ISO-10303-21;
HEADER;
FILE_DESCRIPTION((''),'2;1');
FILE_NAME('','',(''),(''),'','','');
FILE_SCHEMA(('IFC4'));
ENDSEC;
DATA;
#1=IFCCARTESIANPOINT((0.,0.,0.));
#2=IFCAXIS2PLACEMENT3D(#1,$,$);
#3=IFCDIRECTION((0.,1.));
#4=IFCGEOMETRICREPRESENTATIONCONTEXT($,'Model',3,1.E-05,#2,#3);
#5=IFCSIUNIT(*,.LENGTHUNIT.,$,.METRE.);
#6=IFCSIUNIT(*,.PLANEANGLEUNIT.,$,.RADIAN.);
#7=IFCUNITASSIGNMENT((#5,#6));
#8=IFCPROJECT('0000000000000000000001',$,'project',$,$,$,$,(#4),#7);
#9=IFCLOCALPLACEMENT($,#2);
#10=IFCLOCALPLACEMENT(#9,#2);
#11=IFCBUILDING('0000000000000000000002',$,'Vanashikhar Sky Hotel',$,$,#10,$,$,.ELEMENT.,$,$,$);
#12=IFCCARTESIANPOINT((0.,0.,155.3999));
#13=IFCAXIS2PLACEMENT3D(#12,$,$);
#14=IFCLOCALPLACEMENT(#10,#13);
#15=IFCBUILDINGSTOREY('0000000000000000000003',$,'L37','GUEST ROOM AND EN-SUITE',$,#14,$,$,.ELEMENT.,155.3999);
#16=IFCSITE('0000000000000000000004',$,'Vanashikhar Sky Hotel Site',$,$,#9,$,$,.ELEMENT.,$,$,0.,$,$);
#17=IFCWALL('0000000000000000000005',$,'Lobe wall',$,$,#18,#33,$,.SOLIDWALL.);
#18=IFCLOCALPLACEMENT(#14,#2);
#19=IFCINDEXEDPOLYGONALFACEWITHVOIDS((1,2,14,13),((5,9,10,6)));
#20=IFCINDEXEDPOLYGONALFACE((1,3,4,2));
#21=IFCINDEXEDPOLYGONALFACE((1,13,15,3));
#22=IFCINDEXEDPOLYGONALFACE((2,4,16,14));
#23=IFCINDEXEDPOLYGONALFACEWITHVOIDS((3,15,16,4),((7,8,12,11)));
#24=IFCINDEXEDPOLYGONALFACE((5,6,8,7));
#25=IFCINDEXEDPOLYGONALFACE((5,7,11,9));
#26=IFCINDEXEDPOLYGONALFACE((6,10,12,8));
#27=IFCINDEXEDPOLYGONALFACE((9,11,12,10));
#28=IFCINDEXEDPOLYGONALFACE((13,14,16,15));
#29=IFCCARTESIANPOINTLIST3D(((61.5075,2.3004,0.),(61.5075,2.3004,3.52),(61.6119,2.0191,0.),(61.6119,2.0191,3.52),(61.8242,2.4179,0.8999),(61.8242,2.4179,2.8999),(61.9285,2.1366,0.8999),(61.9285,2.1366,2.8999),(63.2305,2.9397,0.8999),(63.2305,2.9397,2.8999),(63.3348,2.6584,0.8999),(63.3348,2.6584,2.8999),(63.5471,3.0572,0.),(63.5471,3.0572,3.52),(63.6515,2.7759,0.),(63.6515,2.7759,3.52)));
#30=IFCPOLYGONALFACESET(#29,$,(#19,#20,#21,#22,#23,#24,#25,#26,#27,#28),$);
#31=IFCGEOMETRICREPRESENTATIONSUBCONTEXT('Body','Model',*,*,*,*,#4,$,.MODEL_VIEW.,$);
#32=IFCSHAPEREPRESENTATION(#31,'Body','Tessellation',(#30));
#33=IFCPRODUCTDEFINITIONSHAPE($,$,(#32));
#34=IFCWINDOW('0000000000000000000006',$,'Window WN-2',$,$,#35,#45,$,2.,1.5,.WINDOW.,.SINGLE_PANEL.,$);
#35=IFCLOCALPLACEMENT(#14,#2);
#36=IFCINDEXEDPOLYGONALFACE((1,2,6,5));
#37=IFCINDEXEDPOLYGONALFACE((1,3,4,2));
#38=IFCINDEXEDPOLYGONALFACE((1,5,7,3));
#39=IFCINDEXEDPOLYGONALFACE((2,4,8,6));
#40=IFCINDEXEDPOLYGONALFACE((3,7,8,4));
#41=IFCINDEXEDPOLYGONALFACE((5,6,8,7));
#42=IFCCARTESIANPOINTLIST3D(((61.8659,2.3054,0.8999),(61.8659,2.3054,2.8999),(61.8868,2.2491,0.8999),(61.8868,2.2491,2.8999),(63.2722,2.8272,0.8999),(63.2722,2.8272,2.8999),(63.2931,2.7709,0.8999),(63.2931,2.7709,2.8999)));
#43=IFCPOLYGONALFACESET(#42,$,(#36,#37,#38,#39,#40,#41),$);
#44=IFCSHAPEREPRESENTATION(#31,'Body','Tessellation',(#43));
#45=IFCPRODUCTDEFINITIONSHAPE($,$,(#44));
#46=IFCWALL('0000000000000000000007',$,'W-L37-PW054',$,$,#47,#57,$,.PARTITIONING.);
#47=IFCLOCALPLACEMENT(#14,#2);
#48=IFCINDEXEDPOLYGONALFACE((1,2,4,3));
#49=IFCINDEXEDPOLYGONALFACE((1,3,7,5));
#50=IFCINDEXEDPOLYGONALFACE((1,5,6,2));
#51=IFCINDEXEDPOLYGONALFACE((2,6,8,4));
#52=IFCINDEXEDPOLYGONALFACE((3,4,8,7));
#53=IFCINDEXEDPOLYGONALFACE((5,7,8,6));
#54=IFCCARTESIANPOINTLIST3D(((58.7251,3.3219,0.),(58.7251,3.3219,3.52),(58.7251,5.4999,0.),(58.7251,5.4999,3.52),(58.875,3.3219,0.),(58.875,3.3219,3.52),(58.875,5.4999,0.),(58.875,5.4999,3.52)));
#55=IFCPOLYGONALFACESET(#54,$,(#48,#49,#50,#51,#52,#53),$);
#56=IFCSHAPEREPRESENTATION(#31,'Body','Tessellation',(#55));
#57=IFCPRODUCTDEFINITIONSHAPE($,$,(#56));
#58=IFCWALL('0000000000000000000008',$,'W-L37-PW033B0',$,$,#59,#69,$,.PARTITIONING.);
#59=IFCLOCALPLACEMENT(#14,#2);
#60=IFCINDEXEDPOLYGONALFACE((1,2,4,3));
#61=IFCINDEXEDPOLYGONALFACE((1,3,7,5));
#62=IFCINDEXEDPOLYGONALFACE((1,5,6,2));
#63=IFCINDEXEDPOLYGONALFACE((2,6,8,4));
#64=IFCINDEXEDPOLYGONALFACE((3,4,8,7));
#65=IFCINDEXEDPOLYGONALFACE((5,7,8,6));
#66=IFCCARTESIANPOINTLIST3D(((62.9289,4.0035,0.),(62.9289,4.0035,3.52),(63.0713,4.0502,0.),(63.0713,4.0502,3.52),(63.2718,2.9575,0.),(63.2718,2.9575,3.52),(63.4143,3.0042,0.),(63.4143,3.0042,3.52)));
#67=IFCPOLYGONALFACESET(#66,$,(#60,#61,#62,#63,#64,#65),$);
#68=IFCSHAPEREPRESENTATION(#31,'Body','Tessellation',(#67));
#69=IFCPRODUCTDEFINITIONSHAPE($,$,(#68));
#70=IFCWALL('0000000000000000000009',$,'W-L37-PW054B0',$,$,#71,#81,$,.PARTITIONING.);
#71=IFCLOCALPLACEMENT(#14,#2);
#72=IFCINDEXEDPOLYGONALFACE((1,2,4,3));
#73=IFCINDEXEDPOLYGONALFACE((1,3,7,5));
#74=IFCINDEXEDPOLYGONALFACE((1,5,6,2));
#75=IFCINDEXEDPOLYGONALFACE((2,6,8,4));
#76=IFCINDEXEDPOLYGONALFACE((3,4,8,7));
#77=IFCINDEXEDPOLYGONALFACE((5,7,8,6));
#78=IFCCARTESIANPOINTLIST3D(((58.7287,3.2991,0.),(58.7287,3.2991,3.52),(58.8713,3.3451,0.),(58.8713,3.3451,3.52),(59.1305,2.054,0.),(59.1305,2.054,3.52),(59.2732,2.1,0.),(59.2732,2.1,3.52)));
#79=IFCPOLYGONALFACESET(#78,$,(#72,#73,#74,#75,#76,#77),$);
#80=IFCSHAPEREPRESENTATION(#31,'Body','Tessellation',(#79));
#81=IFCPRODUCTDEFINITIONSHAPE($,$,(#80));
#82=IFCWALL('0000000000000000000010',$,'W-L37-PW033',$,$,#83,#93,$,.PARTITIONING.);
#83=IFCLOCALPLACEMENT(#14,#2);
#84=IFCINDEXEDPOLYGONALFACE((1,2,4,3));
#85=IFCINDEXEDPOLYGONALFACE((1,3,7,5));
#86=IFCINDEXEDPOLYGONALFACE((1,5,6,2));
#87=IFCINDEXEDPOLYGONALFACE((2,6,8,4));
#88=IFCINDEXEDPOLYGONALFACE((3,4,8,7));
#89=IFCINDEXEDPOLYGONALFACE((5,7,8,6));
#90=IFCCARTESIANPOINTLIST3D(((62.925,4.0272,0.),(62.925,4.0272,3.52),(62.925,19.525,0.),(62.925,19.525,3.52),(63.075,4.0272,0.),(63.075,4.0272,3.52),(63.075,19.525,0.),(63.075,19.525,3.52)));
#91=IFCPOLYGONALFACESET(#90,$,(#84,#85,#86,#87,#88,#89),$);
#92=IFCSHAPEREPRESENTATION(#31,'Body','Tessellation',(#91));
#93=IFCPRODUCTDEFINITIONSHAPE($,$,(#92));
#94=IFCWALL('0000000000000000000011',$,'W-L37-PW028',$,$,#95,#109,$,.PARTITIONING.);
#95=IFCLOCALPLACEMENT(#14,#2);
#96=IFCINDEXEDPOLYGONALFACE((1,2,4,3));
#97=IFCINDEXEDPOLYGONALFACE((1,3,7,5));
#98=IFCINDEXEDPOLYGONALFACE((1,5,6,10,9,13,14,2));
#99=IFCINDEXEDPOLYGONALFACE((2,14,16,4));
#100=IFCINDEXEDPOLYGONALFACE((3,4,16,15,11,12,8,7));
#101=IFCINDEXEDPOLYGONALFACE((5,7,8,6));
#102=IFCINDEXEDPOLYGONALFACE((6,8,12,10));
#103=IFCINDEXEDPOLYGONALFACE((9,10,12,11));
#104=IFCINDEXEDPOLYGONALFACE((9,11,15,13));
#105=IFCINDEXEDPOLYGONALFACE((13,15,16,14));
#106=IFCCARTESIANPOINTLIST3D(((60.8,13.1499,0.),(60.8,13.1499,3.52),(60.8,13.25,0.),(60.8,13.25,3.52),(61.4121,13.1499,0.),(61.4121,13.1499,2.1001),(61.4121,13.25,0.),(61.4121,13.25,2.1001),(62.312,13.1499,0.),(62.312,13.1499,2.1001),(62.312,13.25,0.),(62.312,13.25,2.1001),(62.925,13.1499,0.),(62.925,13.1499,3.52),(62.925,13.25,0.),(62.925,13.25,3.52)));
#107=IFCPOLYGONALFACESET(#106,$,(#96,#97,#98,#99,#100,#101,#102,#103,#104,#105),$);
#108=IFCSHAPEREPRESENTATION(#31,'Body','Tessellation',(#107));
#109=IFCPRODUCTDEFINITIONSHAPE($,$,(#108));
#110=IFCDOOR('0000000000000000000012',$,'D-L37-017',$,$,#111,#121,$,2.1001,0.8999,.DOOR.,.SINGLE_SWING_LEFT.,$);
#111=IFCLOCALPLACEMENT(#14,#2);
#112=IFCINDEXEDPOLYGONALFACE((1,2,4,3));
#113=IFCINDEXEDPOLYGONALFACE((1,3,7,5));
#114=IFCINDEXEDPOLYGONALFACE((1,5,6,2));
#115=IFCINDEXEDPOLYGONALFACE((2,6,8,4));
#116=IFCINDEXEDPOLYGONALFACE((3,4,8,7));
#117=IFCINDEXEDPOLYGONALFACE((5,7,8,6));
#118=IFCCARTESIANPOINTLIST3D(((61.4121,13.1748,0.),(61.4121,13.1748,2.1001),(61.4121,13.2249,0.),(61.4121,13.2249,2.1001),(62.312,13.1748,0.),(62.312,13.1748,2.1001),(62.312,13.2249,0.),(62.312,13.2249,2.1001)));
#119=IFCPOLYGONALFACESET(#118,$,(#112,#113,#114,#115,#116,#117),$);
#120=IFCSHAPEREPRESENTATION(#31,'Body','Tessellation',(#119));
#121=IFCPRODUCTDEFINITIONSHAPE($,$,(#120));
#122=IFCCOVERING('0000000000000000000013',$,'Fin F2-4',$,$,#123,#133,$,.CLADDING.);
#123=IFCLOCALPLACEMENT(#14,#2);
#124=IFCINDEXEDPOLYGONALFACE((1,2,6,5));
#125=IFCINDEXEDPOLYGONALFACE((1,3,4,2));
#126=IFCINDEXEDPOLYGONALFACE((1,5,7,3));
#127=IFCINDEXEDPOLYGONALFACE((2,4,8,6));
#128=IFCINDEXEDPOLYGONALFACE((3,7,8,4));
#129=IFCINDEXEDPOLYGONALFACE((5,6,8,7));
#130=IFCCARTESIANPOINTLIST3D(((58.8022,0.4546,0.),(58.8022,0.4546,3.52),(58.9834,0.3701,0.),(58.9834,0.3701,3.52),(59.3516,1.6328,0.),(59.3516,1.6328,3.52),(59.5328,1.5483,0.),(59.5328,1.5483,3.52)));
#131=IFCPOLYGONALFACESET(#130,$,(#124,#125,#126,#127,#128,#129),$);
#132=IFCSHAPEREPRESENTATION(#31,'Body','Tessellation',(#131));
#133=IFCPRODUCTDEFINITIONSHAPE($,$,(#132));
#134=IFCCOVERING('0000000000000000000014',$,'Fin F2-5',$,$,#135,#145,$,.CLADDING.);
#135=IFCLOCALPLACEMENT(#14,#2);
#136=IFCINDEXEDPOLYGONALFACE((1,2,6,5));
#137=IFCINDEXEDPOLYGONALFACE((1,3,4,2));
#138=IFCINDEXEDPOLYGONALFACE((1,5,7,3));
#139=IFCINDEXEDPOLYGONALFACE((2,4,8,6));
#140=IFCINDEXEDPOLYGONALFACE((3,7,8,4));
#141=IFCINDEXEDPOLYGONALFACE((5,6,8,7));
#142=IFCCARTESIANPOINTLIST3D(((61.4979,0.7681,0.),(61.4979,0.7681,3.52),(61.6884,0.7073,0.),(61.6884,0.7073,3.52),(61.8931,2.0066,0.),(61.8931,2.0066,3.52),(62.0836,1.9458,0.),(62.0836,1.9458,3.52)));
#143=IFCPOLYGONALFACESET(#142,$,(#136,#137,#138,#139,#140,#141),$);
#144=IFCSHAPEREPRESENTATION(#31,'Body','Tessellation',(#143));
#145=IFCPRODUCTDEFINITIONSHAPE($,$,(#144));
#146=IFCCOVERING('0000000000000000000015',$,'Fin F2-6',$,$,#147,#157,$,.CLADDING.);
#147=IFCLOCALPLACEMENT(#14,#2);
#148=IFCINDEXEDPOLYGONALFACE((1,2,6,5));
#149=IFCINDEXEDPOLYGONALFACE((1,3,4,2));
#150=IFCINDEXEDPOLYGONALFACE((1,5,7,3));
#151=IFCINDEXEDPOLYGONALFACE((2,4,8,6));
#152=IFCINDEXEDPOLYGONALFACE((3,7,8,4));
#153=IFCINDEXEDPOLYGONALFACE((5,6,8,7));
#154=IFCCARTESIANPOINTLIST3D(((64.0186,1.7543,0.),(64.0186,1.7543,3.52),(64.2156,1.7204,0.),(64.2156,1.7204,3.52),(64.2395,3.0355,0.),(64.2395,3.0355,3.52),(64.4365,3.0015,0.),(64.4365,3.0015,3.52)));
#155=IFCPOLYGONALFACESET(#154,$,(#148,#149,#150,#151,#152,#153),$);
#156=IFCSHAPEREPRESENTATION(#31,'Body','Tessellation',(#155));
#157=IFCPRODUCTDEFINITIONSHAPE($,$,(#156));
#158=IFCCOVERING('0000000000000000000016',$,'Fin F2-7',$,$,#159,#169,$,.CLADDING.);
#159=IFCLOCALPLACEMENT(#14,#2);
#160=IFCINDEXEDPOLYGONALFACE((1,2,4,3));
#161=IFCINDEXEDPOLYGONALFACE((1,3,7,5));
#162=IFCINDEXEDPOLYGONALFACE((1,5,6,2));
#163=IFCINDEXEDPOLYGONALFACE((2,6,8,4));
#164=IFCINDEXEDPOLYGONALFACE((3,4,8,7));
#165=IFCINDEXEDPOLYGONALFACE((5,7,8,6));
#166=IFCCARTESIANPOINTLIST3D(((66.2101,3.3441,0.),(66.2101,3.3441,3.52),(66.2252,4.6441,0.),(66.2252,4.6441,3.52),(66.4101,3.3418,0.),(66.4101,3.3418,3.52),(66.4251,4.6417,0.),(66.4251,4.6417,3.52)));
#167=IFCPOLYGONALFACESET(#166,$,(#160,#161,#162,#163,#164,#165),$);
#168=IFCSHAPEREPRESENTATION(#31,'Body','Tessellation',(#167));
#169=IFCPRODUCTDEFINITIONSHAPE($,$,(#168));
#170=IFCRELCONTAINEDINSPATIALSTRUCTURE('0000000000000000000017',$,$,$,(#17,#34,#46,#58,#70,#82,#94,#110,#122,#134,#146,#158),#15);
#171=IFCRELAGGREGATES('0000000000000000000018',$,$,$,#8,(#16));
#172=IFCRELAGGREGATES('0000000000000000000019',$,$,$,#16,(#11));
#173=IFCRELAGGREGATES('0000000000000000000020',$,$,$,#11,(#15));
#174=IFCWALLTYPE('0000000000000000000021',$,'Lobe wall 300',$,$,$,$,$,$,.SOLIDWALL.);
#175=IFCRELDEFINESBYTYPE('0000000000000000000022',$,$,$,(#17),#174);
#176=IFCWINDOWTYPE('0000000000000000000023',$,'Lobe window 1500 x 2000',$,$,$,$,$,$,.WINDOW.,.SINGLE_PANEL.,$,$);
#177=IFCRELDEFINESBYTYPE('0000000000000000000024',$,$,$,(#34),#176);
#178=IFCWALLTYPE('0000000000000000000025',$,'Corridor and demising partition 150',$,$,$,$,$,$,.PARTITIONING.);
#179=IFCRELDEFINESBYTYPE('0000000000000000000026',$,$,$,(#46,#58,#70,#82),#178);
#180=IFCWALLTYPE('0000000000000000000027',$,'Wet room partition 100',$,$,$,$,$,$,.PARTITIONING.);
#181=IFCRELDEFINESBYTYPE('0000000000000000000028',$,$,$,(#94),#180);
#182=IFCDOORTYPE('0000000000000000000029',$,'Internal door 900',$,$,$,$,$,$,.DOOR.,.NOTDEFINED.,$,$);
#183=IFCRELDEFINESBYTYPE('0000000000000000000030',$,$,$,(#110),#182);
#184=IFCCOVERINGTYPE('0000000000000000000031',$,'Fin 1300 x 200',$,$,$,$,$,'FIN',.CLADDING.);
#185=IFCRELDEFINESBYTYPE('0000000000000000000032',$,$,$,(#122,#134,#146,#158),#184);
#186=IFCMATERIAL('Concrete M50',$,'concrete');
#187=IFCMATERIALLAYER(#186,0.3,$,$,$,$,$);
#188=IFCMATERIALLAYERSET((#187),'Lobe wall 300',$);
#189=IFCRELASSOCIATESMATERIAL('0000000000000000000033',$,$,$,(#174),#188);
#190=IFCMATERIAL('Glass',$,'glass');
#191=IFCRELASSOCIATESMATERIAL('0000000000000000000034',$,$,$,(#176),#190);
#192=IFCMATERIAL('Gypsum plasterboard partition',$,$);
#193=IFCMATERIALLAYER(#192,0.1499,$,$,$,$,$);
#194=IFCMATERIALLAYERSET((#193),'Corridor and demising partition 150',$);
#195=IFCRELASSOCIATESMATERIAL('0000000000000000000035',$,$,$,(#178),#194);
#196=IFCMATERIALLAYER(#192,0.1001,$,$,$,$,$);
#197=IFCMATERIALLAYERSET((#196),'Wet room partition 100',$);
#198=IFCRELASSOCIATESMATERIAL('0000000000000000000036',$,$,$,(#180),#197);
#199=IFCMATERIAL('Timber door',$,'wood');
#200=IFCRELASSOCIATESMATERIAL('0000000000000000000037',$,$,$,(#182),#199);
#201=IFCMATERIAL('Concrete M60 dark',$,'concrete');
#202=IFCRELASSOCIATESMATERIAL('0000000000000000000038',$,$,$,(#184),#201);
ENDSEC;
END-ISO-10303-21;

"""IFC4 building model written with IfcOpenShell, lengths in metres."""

from ifc_helpers import new_model, si_unit, direction, frame, frame_2d, origin, origin_2d, place, context, subcontext, project, spatial, rectangle, extrude, source, transform, mapped, material, layer, layer_set, material_profile, profile_set, type_object, element, fill, save


model = new_model("IFC4")

# Units and contexts
model_context = context("Model", 3, precision=1e-05, world=origin(), true_north=direction((0.0, 1.0)))
body_context = subcontext(model_context, "Body", "Model", "MODEL_VIEW")
ifc_project = project(units=[si_unit("LENGTHUNIT", "METRE"), si_unit("PLANEANGLEUNIT", "RADIAN")], contexts=[model_context])

# Site, building, storey
site_placement = place(None, origin())
site = spatial("IfcSite", under=ifc_project, at=site_placement, Name="Vanashikhar Sky Hotel Site", CompositionType="ELEMENT", RefElevation=0.0)
building_placement = place(site_placement, origin())
building = spatial("IfcBuilding", under=site, at=building_placement, Name="Vanashikhar Sky Hotel", CompositionType="ELEMENT")
storey_placement = place(building_placement, frame((0.0, 0.0, 155.3999)))
storey = spatial("IfcBuildingStorey", under=building, at=storey_placement, Name="L37", Description="GUEST ROOM AND EN-SUITE", CompositionType="ELEMENT", Elevation=155.3999)

# Shared definitions
ifc_material_1 = material(Name="Concrete M50", Category="concrete")

# Wall, opening, window
ifc_layer_1 = layer(ifc_material_1, 0.3)
ifc_layer_set_1 = layer_set([ifc_layer_1], Name="Lobe wall 300")
wall_type_1 = type_object("IfcWallType", Name="Lobe wall 300", PredefinedType="SOLIDWALL", material=ifc_layer_set_1)
shared_shape_1 = source(origin(), body_context, "Body", "SweptSolid", [
    extrude(rectangle(XDim=1.5, YDim=2.0, at=frame_2d((0.75, 1.0))), frame((0.0, 0.1602, 0.0), z_axis=(0.0, -1.0, 0.0), x_axis=(1.0, 0.0, 0.0)), (0.0, 0.0, 1.0), 0.3201),
])
ifc_material_2 = material(Name="Glass", Category="glass")
window_type_1 = type_object("IfcWindowType", Name="Lobe window 1500 x 2000", PartitioningType="SINGLE_PANEL", PredefinedType="WINDOW", material=ifc_material_2)
shared_shape_2 = source(origin(), body_context, "Body", "SweptSolid", [
    extrude(rectangle(XDim=1.5, YDim=2.0, at=frame_2d((0.75, 1.0))), frame((0.0, 0.03, 0.0), z_axis=(0.0, -1.0, 0.0), x_axis=(1.0, 0.0, 0.0)), (0.0, 0.0, 1.0), 0.0601),
])
shared_shape_3 = source(origin(), body_context, "Body", "SweptSolid", [
    extrude(rectangle(XDim=2.1755, YDim=0.3, at=frame_2d((1.0879, 0.0))), origin(), (0.0, 0.0, 1.0), 3.52),
])
wall_1_placement = place(storey_placement, frame((61.5596, 2.1597, 0.0), z_axis=(0.0, 0.0, 1.0), x_axis=(0.937532, 0.347899, 0.0)))
wall_1 = element("IfcWall", 1, at=wall_1_placement, inside=storey, type_object=wall_type_1, Name="Lobe wall", PredefinedType="SOLIDWALL", context=body_context, shape_type="MappedRepresentation", body=[
    mapped(shared_shape_3, transform((0.0, 0.0, 0.0), scale=1.0)),
])
opening_1_placement = place(wall_1_placement, frame((0.3379, 0.0, 0.8999)))
opening_1 = element("IfcOpeningElement", 2, at=opening_1_placement, cuts=wall_1, PredefinedType="OPENING", context=body_context, shape_type="MappedRepresentation", body=[
    mapped(shared_shape_1, transform((0.0, 0.0, 0.0), scale=1.0)),
])
window_1_placement = place(opening_1_placement, origin())
window_1 = element("IfcWindow", 3, at=window_1_placement, inside=storey, type_object=window_type_1, Name="Window WN-2", OverallHeight=2.0, OverallWidth=1.5, PartitioningType="SINGLE_PANEL", PredefinedType="WINDOW", context=body_context, shape_type="MappedRepresentation", body=[
    mapped(shared_shape_2, transform((0.0, 0.0, 0.0), scale=1.0)),
])
fill(opening_1, window_1)

# Walls
ifc_material_3 = material(Name="Gypsum plasterboard partition")
ifc_layer_2 = layer(ifc_material_3, 0.1499)
ifc_layer_set_2 = layer_set([ifc_layer_2], Name="Corridor and demising partition 150")
wall_type_2 = type_object("IfcWallType", Name="Corridor and demising partition 150", PredefinedType="PARTITIONING", material=ifc_layer_set_2)
shared_shape_4 = source(origin(), body_context, "Body", "SweptSolid", [
    extrude(rectangle(XDim=2.178, YDim=0.1499, at=frame_2d((1.0889, 0.0))), origin(), (0.0, 0.0, 1.0), 3.52),
])
wall_2_placement = place(storey_placement, frame((58.8, 3.322, 0.0), z_axis=(0.0, 0.0, 1.0), x_axis=(0.0, 1.0, 0.0)))
element("IfcWall", 4, at=wall_2_placement, inside=storey, type_object=wall_type_2, Name="W-L37-PW054", PredefinedType="PARTITIONING", context=body_context, shape_type="MappedRepresentation", body=[
    mapped(shared_shape_4, transform((0.0, 0.0, 0.0), scale=1.0)),
])
shared_shape_5 = source(origin(), body_context, "Body", "SweptSolid", [
    extrude(rectangle(XDim=1.1008, YDim=0.1499, at=frame_2d((0.5503, 0.0))), origin(), (0.0, 0.0, 1.0), 3.52),
])
wall_3_placement = place(storey_placement, frame((63.343, 2.981, 0.0), z_axis=(0.0, 0.0, 1.0), x_axis=(-0.311567, 0.950224, 0.0)))
element("IfcWall", 5, at=wall_3_placement, inside=storey, type_object=wall_type_2, Name="W-L37-PW033B0", PredefinedType="PARTITIONING", context=body_context, shape_type="MappedRepresentation", body=[
    mapped(shared_shape_5, transform((0.0, 0.0, 0.0), scale=1.0)),
])
shared_shape_6 = source(origin(), body_context, "Body", "SweptSolid", [
    extrude(rectangle(XDim=1.3083, YDim=0.1499, at=frame_2d((0.6543, 0.0))), origin(), (0.0, 0.0, 1.0), 3.52),
])
wall_4_placement = place(storey_placement, frame((59.2019, 2.0769, 0.0), z_axis=(0.0, 0.0, 1.0), x_axis=(-0.307145, 0.951663, 0.0)))
element("IfcWall", 6, at=wall_4_placement, inside=storey, type_object=wall_type_2, Name="W-L37-PW054B0", PredefinedType="PARTITIONING", context=body_context, shape_type="MappedRepresentation", body=[
    mapped(shared_shape_6, transform((0.0, 0.0, 0.0), scale=1.0)),
])
shared_shape_7 = source(origin(), body_context, "Body", "SweptSolid", [
    extrude(rectangle(XDim=15.4978, YDim=0.1499, at=frame_2d((7.749, 0.0))), origin(), (0.0, 0.0, 1.0), 3.52),
])
wall_5_placement = place(storey_placement, frame((63.0, 4.0271, 0.0), z_axis=(0.0, 0.0, 1.0), x_axis=(0.0, 1.0, 0.0)))
element("IfcWall", 7, at=wall_5_placement, inside=storey, type_object=wall_type_2, Name="W-L37-PW033", PredefinedType="PARTITIONING", context=body_context, shape_type="MappedRepresentation", body=[
    mapped(shared_shape_7, transform((0.0, 0.0, 0.0), scale=1.0)),
])

# Wall, opening, door
ifc_layer_3 = layer(ifc_material_3, 0.1001)
ifc_layer_set_3 = layer_set([ifc_layer_3], Name="Wet room partition 100")
wall_type_3 = type_object("IfcWallType", Name="Wet room partition 100", PredefinedType="PARTITIONING", material=ifc_layer_set_3)
shared_shape_8 = source(origin(), body_context, "Body", "SweptSolid", [
    extrude(rectangle(XDim=2.125, YDim=0.1001, at=frame_2d((1.0625, 0.0))), origin(), (0.0, 0.0, 1.0), 3.52),
])
wall_6_placement = place(storey_placement, frame((60.8, 13.2, 0.0), z_axis=(0.0, 0.0, 1.0), x_axis=(1.0, 0.0, 0.0)))
wall_6 = element("IfcWall", 8, at=wall_6_placement, inside=storey, type_object=wall_type_3, Name="W-L37-PW028", PredefinedType="PARTITIONING", context=body_context, shape_type="MappedRepresentation", body=[
    mapped(shared_shape_8, transform((0.0, 0.0, 0.0), scale=1.0)),
])
shared_shape_9 = source(origin(), body_context, "Body", "SweptSolid", [
    extrude(rectangle(XDim=0.8999, YDim=2.1001, at=frame_2d((0.45, 1.05))), frame((0.0, 0.0601, 0.0), z_axis=(0.0, -1.0, 0.0), x_axis=(1.0, 0.0, 0.0)), (0.0, 0.0, 1.0), 0.1201),
])
opening_2_placement = place(wall_6_placement, frame((0.6121, 0.0, 0.0)))
opening_2 = element("IfcOpeningElement", 9, at=opening_2_placement, cuts=wall_6, PredefinedType="OPENING", context=body_context, shape_type="MappedRepresentation", body=[
    mapped(shared_shape_9, transform((0.0, 0.0, 0.0), scale=1.0)),
])
ifc_material_4 = material(Name="Timber door", Category="wood")
door_type_1 = type_object("IfcDoorType", Name="Internal door 900", OperationType="NOTDEFINED", PredefinedType="DOOR", material=ifc_material_4)
shared_shape_10 = source(origin(), body_context, "Body", "SweptSolid", [
    extrude(rectangle(XDim=0.8999, YDim=2.1001, at=frame_2d((0.45, 1.05))), frame((0.0, 0.0249, 0.0), z_axis=(0.0, -1.0, 0.0), x_axis=(1.0, 0.0, 0.0)), (0.0, 0.0, 1.0), 0.05),
])
door_1_placement = place(opening_2_placement, origin())
door_1 = element("IfcDoor", 10, at=door_1_placement, inside=storey, type_object=door_type_1, Name="D-L37-017", OperationType="SINGLE_SWING_LEFT", OverallHeight=2.1001, OverallWidth=0.8999, PredefinedType="DOOR", context=body_context, shape_type="MappedRepresentation", body=[
    mapped(shared_shape_10, transform((0.0, 0.0, 0.0), scale=1.0)),
])
fill(opening_2, door_1)

# Coverings
ifc_material_5 = material(Name="Concrete M60 dark", Category="concrete")
ifc_material_profile_1 = material_profile(ifc_material_5, rectangle(XDim=1.3, YDim=0.2, at=origin_2d()))
ifc_profile_set_1 = profile_set([ifc_material_profile_1], Name="Fin 1300 x 200")
covering_type = type_object("IfcCoveringType", Name="Fin 1300 x 200", ElementType="FIN", PredefinedType="CLADDING", material=ifc_profile_set_1)
shared_shape_11 = source(origin(), body_context, "Body", "SweptSolid", [
    extrude(rectangle(XDim=1.3, YDim=0.2, at=origin_2d()), origin(), (0.0, 0.0, 1.0), 3.52),
])
for number, where, z_axis, x_axis, name in (
    (11, (59.1675, 1.0015, 0.0), (0.0, 0.0, 1.0), (-0.422618, -0.906308, 0.0), "Fin F2-4"),
    (12, (61.7908, 1.3569, 0.0), (0.0, 0.0, 1.0), (-0.303967, -0.952683, 0.0), "Fin F2-5"),
    (13, (64.2275, 2.3779, 0.0), (0.0, 0.0, 1.0), (-0.1699, -0.985461, 0.0), "Fin F2-6"),
    (14, (66.3176, 3.9929, 0.0), (0.0, 0.0, 1.0), (-0.011589, -0.999933, 0.0), "Fin F2-7"),
):
    element("IfcCovering", number, at=place(storey_placement, frame(where, z_axis=z_axis, x_axis=x_axis)), inside=storey, type_object=covering_type, Name=name, PredefinedType="CLADDING", context=body_context, shape_type="MappedRepresentation", body=[
        mapped(shared_shape_11, transform((0.0, 0.0, 0.0), scale=1.0)),
    ])

save(model, "model.ifc")
